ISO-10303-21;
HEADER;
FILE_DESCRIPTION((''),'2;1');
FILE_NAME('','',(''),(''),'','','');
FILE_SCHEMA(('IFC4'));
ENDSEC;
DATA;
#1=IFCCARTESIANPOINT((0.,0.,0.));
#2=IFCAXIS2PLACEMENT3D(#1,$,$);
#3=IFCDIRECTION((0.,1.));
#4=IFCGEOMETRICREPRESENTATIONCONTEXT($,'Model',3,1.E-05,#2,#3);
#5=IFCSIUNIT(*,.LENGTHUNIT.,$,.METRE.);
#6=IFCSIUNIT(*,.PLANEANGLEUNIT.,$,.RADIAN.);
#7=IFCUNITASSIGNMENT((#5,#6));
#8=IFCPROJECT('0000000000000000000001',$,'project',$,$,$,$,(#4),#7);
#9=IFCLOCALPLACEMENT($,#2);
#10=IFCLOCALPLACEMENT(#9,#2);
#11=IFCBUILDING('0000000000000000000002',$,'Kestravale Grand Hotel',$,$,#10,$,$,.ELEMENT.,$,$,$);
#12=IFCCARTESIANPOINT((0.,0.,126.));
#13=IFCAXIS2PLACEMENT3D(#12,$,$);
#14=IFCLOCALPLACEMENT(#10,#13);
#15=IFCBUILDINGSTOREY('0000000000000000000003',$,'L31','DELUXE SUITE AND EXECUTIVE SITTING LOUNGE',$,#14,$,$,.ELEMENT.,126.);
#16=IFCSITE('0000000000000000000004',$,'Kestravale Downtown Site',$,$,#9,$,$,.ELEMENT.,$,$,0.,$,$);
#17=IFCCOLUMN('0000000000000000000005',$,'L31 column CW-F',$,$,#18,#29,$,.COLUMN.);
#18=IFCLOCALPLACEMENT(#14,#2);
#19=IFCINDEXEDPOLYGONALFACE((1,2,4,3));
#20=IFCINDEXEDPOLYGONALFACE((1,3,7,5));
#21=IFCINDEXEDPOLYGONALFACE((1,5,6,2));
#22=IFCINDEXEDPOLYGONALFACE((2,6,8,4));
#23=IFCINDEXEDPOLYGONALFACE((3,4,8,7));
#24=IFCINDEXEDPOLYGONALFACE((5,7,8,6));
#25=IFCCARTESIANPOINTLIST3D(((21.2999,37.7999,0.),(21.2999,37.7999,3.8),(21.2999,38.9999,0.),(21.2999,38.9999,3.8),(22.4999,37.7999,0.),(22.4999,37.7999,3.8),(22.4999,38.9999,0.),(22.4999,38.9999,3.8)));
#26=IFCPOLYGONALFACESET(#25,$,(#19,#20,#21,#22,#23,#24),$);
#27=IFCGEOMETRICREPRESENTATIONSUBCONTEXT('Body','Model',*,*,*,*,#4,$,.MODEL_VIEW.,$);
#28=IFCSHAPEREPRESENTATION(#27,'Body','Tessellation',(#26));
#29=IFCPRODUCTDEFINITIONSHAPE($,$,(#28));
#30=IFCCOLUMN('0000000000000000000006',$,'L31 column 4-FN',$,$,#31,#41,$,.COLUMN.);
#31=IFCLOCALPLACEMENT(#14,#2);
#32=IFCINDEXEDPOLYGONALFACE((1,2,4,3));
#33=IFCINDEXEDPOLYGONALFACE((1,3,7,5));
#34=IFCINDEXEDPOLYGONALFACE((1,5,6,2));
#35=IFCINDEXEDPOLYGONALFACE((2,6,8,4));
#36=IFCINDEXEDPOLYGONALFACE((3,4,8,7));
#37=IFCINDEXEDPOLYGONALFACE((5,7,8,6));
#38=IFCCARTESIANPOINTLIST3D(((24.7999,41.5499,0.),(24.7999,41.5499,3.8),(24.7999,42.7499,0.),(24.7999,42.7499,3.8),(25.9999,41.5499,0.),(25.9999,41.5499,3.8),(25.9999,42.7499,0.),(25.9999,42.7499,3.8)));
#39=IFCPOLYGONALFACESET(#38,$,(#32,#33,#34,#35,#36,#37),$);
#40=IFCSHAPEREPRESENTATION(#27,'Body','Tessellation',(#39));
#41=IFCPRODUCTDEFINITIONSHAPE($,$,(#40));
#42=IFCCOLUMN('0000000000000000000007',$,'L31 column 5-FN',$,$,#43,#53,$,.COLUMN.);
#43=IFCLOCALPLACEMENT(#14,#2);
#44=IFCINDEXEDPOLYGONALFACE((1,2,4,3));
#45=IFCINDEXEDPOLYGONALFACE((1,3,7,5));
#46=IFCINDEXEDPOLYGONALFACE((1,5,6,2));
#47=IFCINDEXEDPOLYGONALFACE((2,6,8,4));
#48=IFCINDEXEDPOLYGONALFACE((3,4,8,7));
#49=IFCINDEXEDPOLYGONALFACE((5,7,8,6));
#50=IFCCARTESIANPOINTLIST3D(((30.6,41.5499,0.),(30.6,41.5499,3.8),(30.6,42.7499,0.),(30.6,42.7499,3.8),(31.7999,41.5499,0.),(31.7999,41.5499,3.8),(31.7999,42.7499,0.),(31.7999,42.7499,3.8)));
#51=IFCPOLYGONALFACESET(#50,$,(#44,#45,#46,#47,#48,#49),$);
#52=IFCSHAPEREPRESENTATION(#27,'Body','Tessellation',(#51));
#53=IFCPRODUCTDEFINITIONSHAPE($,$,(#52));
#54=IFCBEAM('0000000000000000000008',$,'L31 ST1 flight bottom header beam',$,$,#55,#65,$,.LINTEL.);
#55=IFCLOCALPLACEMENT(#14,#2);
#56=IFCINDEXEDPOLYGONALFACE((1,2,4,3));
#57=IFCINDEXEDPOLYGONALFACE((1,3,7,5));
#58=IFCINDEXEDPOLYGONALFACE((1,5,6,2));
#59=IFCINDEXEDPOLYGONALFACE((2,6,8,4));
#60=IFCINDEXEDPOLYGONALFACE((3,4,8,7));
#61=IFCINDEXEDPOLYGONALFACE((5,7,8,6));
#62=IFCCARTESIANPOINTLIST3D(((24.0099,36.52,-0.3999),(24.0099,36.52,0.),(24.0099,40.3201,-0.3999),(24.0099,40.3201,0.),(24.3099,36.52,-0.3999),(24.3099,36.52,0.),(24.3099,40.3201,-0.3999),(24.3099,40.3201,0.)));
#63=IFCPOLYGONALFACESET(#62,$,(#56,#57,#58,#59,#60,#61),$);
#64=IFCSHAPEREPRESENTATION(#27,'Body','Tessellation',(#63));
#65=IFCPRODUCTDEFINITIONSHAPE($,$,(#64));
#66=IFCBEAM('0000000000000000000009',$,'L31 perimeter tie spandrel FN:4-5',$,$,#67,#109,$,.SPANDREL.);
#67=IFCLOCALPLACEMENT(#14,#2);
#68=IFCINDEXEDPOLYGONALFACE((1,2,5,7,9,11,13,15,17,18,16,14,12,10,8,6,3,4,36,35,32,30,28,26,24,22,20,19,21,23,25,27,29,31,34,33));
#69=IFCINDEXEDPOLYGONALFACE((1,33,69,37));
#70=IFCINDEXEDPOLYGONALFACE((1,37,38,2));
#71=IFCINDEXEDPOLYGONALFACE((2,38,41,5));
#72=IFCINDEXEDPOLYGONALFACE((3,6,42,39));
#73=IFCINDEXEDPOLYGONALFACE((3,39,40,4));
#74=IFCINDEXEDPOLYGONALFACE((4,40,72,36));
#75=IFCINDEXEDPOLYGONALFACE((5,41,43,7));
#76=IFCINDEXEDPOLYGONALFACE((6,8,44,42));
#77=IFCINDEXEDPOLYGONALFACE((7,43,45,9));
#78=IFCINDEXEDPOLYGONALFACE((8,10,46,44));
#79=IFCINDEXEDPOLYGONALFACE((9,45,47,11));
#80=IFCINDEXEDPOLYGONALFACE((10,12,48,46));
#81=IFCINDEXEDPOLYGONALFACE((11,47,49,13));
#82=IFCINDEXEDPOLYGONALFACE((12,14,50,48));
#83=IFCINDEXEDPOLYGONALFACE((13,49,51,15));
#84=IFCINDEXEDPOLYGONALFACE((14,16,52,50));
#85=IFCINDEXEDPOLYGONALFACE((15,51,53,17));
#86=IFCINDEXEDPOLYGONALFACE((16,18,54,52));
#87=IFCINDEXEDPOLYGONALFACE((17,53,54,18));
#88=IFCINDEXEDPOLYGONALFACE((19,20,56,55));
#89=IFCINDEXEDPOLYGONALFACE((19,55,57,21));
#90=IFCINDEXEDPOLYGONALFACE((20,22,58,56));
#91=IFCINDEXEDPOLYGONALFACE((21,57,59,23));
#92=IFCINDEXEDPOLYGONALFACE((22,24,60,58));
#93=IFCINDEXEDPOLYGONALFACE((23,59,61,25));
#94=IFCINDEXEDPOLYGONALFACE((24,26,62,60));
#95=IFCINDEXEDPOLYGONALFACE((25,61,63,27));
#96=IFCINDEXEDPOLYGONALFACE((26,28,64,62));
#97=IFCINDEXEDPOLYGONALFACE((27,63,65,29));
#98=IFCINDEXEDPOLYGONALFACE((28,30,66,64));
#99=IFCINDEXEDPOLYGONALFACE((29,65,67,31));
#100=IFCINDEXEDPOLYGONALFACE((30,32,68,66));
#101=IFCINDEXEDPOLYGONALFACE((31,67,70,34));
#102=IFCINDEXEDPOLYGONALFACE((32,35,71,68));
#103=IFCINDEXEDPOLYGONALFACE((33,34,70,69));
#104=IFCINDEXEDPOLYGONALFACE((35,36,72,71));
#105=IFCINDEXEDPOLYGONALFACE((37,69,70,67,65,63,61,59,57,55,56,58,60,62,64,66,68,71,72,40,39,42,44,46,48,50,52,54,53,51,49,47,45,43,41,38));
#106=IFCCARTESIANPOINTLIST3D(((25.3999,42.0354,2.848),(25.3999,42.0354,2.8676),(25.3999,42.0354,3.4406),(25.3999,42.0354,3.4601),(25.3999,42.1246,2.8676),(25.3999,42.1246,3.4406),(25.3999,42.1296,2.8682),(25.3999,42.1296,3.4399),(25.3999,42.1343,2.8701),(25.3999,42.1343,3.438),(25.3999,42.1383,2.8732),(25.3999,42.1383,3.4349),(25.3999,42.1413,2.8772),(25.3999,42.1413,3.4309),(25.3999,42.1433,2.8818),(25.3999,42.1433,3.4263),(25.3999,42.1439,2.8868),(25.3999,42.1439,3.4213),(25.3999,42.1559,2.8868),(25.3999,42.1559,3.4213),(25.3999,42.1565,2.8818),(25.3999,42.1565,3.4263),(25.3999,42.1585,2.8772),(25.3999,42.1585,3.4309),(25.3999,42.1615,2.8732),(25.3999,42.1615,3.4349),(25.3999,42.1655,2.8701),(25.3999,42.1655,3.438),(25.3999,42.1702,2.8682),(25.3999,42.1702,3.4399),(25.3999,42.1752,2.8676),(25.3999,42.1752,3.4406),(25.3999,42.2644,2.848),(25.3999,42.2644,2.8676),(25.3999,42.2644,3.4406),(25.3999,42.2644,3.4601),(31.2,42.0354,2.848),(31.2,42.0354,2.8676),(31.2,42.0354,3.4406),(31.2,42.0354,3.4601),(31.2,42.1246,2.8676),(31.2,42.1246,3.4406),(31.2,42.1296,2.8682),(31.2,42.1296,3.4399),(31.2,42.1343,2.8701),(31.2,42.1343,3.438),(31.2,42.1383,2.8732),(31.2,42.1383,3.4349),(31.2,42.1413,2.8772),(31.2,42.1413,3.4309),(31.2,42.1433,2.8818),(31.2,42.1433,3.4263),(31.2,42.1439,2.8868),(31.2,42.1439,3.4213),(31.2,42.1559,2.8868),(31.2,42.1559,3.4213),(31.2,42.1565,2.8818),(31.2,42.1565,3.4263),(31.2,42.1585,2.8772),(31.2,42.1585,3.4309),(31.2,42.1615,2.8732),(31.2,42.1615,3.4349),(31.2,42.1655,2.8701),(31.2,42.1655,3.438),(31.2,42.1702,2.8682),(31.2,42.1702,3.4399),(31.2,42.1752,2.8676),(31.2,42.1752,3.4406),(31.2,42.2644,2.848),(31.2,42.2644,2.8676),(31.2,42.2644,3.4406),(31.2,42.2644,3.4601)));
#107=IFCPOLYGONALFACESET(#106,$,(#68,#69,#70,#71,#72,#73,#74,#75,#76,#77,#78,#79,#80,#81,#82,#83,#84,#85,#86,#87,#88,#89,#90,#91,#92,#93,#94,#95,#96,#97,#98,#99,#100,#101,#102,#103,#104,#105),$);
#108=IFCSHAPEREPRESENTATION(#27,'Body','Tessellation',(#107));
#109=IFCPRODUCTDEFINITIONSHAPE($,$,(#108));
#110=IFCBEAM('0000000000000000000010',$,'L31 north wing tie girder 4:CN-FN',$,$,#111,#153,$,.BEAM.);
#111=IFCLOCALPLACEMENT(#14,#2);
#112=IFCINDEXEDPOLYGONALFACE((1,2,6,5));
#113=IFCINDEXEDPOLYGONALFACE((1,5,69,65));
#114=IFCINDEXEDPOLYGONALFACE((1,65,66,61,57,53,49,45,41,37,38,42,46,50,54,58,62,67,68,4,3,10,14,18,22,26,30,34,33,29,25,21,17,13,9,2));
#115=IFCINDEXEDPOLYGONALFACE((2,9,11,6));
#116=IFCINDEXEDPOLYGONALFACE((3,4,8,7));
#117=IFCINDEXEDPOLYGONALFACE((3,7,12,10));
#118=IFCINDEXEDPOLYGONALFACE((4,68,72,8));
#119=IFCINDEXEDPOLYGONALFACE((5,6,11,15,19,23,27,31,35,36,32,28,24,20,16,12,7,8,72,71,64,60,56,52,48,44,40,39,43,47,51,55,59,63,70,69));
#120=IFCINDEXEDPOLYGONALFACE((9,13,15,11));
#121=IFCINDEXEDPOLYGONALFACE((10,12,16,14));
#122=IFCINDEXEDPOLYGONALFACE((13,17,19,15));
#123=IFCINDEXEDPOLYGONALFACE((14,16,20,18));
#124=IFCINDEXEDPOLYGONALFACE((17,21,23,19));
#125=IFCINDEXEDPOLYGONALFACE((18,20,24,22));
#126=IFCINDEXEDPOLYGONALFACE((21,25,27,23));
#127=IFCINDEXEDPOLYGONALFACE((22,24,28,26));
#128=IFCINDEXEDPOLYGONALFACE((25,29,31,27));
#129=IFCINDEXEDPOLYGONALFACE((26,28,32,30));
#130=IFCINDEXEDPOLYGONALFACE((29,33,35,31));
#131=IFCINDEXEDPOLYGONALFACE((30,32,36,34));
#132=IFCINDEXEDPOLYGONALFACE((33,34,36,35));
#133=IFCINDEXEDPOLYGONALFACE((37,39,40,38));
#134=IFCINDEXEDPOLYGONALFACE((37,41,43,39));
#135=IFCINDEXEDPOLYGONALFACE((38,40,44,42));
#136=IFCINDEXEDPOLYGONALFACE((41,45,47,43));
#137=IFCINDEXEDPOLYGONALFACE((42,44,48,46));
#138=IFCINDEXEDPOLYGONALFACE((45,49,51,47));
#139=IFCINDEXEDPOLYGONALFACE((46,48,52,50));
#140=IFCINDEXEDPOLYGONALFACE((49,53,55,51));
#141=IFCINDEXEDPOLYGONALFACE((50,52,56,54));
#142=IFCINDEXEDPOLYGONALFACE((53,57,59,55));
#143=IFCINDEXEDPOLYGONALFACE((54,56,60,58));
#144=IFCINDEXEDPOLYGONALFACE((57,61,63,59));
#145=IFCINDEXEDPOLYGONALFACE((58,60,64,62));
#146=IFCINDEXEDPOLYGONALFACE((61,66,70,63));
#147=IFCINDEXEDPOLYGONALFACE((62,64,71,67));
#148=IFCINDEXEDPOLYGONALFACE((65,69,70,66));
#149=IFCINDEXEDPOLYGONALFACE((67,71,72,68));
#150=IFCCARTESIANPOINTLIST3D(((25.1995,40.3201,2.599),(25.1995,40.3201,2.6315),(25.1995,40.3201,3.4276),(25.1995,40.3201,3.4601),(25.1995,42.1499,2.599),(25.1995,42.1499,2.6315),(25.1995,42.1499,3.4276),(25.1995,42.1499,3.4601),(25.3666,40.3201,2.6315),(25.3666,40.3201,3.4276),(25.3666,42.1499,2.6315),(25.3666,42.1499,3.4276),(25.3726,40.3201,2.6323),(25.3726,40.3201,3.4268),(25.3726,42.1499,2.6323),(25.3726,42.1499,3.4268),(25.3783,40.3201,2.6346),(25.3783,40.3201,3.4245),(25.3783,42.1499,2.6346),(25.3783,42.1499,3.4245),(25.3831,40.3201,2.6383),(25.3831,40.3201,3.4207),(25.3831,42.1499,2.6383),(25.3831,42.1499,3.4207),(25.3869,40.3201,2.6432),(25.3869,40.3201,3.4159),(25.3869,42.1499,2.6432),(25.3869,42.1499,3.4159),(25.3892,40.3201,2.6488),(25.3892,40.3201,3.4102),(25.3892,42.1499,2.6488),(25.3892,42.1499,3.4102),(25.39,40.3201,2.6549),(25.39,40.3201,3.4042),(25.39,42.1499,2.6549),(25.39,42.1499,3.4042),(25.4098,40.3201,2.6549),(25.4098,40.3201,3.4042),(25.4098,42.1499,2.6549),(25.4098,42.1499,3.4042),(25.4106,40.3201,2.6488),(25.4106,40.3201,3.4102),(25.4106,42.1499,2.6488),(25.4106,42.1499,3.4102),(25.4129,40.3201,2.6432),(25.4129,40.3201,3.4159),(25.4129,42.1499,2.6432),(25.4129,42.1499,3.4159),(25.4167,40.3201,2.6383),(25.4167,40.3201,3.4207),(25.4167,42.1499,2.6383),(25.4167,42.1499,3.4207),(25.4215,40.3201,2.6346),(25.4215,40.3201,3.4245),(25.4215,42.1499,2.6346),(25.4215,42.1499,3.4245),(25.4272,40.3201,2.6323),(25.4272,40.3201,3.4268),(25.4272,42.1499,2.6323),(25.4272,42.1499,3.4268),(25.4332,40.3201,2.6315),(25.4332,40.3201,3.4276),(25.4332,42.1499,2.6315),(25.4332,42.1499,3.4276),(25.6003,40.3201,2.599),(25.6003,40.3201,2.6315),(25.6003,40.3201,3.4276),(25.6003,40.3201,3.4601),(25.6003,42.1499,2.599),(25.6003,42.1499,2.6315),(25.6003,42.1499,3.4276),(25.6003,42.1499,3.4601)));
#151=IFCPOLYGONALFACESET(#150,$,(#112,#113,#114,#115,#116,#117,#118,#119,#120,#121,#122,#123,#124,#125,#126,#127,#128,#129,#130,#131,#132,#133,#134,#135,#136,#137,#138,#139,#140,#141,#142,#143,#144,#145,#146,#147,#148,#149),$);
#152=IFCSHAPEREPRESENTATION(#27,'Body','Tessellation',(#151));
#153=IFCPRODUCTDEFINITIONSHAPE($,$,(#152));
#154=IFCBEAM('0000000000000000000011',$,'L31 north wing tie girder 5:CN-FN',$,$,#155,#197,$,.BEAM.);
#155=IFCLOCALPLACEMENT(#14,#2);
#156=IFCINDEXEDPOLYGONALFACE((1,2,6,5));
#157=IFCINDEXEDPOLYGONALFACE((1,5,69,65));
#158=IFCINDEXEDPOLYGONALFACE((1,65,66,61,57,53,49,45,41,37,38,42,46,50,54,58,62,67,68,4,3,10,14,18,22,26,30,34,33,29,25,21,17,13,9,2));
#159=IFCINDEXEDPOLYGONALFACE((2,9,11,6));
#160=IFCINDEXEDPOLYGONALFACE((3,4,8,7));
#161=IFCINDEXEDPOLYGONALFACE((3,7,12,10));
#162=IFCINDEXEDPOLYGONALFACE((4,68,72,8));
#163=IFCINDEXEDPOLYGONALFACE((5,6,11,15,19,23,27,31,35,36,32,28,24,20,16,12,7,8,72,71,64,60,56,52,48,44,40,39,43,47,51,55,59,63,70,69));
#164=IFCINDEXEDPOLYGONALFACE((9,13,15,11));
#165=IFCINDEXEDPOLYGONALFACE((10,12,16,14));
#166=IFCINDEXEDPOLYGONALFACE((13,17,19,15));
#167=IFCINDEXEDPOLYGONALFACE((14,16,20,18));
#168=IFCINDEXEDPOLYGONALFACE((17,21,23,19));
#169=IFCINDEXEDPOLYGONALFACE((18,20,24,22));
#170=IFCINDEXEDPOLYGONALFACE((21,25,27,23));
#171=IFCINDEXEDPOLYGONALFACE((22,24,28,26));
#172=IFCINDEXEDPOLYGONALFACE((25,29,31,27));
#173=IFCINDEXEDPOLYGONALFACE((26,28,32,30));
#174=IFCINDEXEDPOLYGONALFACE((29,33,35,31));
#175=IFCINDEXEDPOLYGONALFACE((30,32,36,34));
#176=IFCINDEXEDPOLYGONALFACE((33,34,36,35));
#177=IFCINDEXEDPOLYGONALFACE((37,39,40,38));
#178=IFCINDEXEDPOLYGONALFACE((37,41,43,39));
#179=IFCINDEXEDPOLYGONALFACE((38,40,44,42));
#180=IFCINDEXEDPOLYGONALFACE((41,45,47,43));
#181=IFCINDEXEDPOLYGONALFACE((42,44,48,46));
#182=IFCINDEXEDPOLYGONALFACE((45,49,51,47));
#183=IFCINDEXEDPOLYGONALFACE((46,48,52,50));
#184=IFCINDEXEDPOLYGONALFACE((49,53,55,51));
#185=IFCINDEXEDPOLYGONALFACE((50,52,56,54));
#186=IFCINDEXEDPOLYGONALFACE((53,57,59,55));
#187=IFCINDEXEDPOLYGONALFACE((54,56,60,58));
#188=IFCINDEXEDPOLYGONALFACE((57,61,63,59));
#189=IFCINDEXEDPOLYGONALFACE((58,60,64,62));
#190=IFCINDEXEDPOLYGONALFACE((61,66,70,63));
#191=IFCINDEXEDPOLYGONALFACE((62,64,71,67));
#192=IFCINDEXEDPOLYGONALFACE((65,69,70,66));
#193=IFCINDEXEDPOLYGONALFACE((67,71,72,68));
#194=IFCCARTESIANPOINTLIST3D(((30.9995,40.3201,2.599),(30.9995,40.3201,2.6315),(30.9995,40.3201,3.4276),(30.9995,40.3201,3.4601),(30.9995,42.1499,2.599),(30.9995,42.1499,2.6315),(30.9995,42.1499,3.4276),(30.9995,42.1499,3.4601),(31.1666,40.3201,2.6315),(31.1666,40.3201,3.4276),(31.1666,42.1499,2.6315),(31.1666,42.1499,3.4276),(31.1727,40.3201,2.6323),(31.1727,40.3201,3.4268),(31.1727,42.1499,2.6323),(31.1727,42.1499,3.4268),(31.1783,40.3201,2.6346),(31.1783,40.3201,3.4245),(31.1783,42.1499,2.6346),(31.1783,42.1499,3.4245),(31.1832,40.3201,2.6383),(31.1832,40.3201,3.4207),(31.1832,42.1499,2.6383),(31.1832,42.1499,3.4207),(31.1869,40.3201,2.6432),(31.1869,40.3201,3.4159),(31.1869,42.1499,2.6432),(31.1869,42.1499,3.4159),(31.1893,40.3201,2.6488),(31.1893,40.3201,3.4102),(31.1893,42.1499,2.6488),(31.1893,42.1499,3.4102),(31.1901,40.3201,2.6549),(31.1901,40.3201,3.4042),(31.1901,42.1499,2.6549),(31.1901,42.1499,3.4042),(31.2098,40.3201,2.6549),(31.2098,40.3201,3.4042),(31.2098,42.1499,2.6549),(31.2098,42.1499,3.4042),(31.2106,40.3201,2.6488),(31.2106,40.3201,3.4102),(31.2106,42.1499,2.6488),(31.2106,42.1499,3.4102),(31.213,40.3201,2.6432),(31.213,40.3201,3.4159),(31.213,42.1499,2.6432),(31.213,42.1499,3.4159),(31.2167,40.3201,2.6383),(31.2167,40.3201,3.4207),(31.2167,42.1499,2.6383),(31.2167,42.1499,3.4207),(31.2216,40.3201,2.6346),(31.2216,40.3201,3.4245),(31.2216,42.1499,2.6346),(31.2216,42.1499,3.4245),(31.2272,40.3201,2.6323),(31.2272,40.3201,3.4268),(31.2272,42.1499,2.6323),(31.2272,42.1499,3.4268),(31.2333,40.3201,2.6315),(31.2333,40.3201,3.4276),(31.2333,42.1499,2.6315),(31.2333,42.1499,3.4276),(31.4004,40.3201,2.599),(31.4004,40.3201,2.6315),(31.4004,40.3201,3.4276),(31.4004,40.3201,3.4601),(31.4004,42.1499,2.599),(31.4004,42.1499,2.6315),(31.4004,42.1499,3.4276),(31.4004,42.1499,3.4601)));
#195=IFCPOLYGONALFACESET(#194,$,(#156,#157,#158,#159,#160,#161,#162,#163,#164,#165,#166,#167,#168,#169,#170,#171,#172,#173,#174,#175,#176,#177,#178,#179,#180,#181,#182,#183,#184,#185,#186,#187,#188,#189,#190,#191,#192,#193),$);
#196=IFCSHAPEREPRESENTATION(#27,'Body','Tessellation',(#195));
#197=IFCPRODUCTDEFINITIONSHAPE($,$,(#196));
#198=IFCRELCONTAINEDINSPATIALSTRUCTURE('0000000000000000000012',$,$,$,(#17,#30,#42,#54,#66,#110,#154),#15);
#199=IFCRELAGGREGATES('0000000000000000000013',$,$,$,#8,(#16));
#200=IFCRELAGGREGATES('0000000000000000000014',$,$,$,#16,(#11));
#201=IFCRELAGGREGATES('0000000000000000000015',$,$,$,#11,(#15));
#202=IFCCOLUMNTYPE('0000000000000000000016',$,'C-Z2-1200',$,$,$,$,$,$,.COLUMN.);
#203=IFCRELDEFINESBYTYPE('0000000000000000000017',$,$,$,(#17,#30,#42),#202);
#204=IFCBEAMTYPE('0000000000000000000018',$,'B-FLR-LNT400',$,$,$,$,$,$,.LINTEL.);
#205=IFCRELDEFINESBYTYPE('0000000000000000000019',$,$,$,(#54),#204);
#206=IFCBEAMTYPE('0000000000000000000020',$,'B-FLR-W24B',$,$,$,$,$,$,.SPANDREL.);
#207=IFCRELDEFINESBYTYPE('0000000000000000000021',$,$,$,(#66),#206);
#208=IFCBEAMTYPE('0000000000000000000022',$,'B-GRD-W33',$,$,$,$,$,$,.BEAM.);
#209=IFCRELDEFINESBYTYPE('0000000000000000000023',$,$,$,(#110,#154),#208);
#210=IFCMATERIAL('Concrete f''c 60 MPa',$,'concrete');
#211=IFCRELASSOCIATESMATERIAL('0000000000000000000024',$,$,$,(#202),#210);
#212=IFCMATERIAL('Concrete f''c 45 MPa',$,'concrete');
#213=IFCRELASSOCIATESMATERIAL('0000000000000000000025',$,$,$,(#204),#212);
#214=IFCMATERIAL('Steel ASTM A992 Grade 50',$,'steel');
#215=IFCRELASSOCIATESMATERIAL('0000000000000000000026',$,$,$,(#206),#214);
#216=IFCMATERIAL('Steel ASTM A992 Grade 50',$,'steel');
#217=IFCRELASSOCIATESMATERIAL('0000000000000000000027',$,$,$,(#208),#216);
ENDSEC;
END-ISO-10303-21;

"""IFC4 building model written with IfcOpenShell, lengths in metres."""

from ifc_helpers import new_model, si_unit, direction, frame, origin, origin_2d, place, context, subcontext, project, spatial, rectangle, i_section, extrude, material, material_profile, profile_set, type_object, element, save


model = new_model("IFC4")

# Units and contexts
model_context = context("Model", 3, precision=1e-05, world=origin(), true_north=direction((0.0, 1.0)))
body_context = subcontext(model_context, "Body", "Model", "MODEL_VIEW")
ifc_project = project(units=[si_unit("LENGTHUNIT", "METRE"), si_unit("PLANEANGLEUNIT", "RADIAN")], contexts=[model_context])

# Site, building, storey
site_placement = place(None, origin())
site = spatial("IfcSite", under=ifc_project, at=site_placement, Name="Kestravale Downtown Site", CompositionType="ELEMENT", RefElevation=0.0)
building_placement = place(site_placement, origin())
building = spatial("IfcBuilding", under=site, at=building_placement, Name="Kestravale Grand Hotel", CompositionType="ELEMENT")
storey_placement = place(building_placement, frame((0.0, 0.0, 126.0)))
storey = spatial("IfcBuildingStorey", under=building, at=storey_placement, Name="L31", Description="DELUXE SUITE AND EXECUTIVE SITTING LOUNGE", CompositionType="ELEMENT", Elevation=126.0)

# Columns
ifc_material_1 = material(Name="Concrete f'c 60 MPa", Category="concrete")
ifc_material_profile_1 = material_profile(ifc_material_1, rectangle(XDim=1.2, YDim=1.2, at=origin_2d()))
ifc_profile_set_1 = profile_set([ifc_material_profile_1], Name="Concrete f'c 60 MPa")
column_type = type_object("IfcColumnType", Name="C-Z2-1200", PredefinedType="COLUMN", material=ifc_profile_set_1)
for number, where, z_axis, x_axis, name in (
    (1, (21.8999, 38.3999, 0.0), (0.0, 0.0, 1.0), (1.0, 0.0, 0.0), "L31 column CW-F"),
    (2, (25.3999, 42.1499, 0.0), (0.0, 0.0, 1.0), (1.0, 0.0, 0.0), "L31 column 4-FN"),
    (3, (31.2, 42.1499, 0.0), (0.0, 0.0, 1.0), (1.0, 0.0, 0.0), "L31 column 5-FN"),
):
    element("IfcColumn", number, at=place(storey_placement, frame(where, z_axis=z_axis, x_axis=x_axis)), inside=storey, type_object=column_type, Name=name, PredefinedType="COLUMN", context=body_context, shape_type="SweptSolid", body=[
        extrude(rectangle(XDim=1.2, YDim=1.2, at=origin_2d()), origin(), (0.0, 0.0, 1.0), 3.8),
    ])

# Beams
ifc_material_2 = material(Name="Concrete f'c 45 MPa", Category="concrete")
ifc_material_profile_2 = material_profile(ifc_material_2, rectangle(XDim=0.3, YDim=0.3999, at=origin_2d()))
ifc_profile_set_2 = profile_set([ifc_material_profile_2], Name="Concrete f'c 45 MPa")
beam_type_1 = type_object("IfcBeamType", Name="B-FLR-LNT400", PredefinedType="LINTEL", material=ifc_profile_set_2)
beam_1_placement = place(storey_placement, frame((24.1599, 36.52, -0.2), z_axis=(0.0, 1.0, 0.0), x_axis=(-1.0, 0.0, 0.0)))
element("IfcBeam", 4, at=beam_1_placement, inside=storey, type_object=beam_type_1, Name="L31 ST1 flight bottom header beam", PredefinedType="LINTEL", context=body_context, shape_type="SweptSolid", body=[
    extrude(rectangle(XDim=0.3, YDim=0.3999, at=origin_2d()), origin(), (0.0, 0.0, 1.0), 3.8),
])
ifc_material_3 = material(Name="Steel ASTM A992 Grade 50", Category="steel")
ifc_material_profile_3 = material_profile(ifc_material_3, i_section(OverallWidth=0.229, OverallDepth=0.6121, WebThickness=0.012, FlangeThickness=0.0195, FilletRadius=0.0193, at=origin_2d()))
ifc_profile_set_3 = profile_set([ifc_material_profile_3], Name="Steel ASTM A992 Grade 50")
beam_type_2 = type_object("IfcBeamType", Name="B-FLR-W24B", PredefinedType="SPANDREL", material=ifc_profile_set_3)
beam_2_placement = place(storey_placement, frame((25.3999, 42.1499, 3.1541), z_axis=(1.0, 0.0, 0.0), x_axis=(0.0, 1.0, 0.0)))
element("IfcBeam", 5, at=beam_2_placement, inside=storey, type_object=beam_type_2, Name="L31 perimeter tie spandrel FN:4-5", PredefinedType="SPANDREL", context=body_context, shape_type="SweptSolid", body=[
    extrude(i_section(OverallWidth=0.229, OverallDepth=0.6121, WebThickness=0.012, FlangeThickness=0.0195, FilletRadius=0.0193, at=origin_2d()), origin(), (0.0, 0.0, 1.0), 5.8),
])
ifc_material_4 = material(Name="Steel ASTM A992 Grade 50", Category="steel")
ifc_material_profile_4 = material_profile(ifc_material_4, i_section(OverallWidth=0.4009, OverallDepth=0.8611, WebThickness=0.0198, FlangeThickness=0.0325, FilletRadius=0.0234, at=origin_2d()))
ifc_profile_set_4 = profile_set([ifc_material_profile_4], Name="Steel ASTM A992 Grade 50")
beam_type_3 = type_object("IfcBeamType", Name="B-GRD-W33", PredefinedType="BEAM", material=ifc_profile_set_4)
for number, where, z_axis, x_axis, name in (
    (6, (25.3999, 40.3201, 3.0295), (0.0, 1.0, 0.0), (-1.0, 0.0, 0.0), "L31 north wing tie girder 4:CN-FN"),
    (7, (31.2, 40.3201, 3.0295), (0.0, 1.0, 0.0), (-1.0, 0.0, 0.0), "L31 north wing tie girder 5:CN-FN"),
):
    element("IfcBeam", number, at=place(storey_placement, frame(where, z_axis=z_axis, x_axis=x_axis)), inside=storey, type_object=beam_type_3, Name=name, PredefinedType="BEAM", context=body_context, shape_type="SweptSolid", body=[
        extrude(i_section(OverallWidth=0.4009, OverallDepth=0.8611, WebThickness=0.0198, FlangeThickness=0.0325, FilletRadius=0.0234, at=origin_2d()), origin(), (0.0, 0.0, 1.0), 1.8298),
    ])

save(model, "model.ifc")
